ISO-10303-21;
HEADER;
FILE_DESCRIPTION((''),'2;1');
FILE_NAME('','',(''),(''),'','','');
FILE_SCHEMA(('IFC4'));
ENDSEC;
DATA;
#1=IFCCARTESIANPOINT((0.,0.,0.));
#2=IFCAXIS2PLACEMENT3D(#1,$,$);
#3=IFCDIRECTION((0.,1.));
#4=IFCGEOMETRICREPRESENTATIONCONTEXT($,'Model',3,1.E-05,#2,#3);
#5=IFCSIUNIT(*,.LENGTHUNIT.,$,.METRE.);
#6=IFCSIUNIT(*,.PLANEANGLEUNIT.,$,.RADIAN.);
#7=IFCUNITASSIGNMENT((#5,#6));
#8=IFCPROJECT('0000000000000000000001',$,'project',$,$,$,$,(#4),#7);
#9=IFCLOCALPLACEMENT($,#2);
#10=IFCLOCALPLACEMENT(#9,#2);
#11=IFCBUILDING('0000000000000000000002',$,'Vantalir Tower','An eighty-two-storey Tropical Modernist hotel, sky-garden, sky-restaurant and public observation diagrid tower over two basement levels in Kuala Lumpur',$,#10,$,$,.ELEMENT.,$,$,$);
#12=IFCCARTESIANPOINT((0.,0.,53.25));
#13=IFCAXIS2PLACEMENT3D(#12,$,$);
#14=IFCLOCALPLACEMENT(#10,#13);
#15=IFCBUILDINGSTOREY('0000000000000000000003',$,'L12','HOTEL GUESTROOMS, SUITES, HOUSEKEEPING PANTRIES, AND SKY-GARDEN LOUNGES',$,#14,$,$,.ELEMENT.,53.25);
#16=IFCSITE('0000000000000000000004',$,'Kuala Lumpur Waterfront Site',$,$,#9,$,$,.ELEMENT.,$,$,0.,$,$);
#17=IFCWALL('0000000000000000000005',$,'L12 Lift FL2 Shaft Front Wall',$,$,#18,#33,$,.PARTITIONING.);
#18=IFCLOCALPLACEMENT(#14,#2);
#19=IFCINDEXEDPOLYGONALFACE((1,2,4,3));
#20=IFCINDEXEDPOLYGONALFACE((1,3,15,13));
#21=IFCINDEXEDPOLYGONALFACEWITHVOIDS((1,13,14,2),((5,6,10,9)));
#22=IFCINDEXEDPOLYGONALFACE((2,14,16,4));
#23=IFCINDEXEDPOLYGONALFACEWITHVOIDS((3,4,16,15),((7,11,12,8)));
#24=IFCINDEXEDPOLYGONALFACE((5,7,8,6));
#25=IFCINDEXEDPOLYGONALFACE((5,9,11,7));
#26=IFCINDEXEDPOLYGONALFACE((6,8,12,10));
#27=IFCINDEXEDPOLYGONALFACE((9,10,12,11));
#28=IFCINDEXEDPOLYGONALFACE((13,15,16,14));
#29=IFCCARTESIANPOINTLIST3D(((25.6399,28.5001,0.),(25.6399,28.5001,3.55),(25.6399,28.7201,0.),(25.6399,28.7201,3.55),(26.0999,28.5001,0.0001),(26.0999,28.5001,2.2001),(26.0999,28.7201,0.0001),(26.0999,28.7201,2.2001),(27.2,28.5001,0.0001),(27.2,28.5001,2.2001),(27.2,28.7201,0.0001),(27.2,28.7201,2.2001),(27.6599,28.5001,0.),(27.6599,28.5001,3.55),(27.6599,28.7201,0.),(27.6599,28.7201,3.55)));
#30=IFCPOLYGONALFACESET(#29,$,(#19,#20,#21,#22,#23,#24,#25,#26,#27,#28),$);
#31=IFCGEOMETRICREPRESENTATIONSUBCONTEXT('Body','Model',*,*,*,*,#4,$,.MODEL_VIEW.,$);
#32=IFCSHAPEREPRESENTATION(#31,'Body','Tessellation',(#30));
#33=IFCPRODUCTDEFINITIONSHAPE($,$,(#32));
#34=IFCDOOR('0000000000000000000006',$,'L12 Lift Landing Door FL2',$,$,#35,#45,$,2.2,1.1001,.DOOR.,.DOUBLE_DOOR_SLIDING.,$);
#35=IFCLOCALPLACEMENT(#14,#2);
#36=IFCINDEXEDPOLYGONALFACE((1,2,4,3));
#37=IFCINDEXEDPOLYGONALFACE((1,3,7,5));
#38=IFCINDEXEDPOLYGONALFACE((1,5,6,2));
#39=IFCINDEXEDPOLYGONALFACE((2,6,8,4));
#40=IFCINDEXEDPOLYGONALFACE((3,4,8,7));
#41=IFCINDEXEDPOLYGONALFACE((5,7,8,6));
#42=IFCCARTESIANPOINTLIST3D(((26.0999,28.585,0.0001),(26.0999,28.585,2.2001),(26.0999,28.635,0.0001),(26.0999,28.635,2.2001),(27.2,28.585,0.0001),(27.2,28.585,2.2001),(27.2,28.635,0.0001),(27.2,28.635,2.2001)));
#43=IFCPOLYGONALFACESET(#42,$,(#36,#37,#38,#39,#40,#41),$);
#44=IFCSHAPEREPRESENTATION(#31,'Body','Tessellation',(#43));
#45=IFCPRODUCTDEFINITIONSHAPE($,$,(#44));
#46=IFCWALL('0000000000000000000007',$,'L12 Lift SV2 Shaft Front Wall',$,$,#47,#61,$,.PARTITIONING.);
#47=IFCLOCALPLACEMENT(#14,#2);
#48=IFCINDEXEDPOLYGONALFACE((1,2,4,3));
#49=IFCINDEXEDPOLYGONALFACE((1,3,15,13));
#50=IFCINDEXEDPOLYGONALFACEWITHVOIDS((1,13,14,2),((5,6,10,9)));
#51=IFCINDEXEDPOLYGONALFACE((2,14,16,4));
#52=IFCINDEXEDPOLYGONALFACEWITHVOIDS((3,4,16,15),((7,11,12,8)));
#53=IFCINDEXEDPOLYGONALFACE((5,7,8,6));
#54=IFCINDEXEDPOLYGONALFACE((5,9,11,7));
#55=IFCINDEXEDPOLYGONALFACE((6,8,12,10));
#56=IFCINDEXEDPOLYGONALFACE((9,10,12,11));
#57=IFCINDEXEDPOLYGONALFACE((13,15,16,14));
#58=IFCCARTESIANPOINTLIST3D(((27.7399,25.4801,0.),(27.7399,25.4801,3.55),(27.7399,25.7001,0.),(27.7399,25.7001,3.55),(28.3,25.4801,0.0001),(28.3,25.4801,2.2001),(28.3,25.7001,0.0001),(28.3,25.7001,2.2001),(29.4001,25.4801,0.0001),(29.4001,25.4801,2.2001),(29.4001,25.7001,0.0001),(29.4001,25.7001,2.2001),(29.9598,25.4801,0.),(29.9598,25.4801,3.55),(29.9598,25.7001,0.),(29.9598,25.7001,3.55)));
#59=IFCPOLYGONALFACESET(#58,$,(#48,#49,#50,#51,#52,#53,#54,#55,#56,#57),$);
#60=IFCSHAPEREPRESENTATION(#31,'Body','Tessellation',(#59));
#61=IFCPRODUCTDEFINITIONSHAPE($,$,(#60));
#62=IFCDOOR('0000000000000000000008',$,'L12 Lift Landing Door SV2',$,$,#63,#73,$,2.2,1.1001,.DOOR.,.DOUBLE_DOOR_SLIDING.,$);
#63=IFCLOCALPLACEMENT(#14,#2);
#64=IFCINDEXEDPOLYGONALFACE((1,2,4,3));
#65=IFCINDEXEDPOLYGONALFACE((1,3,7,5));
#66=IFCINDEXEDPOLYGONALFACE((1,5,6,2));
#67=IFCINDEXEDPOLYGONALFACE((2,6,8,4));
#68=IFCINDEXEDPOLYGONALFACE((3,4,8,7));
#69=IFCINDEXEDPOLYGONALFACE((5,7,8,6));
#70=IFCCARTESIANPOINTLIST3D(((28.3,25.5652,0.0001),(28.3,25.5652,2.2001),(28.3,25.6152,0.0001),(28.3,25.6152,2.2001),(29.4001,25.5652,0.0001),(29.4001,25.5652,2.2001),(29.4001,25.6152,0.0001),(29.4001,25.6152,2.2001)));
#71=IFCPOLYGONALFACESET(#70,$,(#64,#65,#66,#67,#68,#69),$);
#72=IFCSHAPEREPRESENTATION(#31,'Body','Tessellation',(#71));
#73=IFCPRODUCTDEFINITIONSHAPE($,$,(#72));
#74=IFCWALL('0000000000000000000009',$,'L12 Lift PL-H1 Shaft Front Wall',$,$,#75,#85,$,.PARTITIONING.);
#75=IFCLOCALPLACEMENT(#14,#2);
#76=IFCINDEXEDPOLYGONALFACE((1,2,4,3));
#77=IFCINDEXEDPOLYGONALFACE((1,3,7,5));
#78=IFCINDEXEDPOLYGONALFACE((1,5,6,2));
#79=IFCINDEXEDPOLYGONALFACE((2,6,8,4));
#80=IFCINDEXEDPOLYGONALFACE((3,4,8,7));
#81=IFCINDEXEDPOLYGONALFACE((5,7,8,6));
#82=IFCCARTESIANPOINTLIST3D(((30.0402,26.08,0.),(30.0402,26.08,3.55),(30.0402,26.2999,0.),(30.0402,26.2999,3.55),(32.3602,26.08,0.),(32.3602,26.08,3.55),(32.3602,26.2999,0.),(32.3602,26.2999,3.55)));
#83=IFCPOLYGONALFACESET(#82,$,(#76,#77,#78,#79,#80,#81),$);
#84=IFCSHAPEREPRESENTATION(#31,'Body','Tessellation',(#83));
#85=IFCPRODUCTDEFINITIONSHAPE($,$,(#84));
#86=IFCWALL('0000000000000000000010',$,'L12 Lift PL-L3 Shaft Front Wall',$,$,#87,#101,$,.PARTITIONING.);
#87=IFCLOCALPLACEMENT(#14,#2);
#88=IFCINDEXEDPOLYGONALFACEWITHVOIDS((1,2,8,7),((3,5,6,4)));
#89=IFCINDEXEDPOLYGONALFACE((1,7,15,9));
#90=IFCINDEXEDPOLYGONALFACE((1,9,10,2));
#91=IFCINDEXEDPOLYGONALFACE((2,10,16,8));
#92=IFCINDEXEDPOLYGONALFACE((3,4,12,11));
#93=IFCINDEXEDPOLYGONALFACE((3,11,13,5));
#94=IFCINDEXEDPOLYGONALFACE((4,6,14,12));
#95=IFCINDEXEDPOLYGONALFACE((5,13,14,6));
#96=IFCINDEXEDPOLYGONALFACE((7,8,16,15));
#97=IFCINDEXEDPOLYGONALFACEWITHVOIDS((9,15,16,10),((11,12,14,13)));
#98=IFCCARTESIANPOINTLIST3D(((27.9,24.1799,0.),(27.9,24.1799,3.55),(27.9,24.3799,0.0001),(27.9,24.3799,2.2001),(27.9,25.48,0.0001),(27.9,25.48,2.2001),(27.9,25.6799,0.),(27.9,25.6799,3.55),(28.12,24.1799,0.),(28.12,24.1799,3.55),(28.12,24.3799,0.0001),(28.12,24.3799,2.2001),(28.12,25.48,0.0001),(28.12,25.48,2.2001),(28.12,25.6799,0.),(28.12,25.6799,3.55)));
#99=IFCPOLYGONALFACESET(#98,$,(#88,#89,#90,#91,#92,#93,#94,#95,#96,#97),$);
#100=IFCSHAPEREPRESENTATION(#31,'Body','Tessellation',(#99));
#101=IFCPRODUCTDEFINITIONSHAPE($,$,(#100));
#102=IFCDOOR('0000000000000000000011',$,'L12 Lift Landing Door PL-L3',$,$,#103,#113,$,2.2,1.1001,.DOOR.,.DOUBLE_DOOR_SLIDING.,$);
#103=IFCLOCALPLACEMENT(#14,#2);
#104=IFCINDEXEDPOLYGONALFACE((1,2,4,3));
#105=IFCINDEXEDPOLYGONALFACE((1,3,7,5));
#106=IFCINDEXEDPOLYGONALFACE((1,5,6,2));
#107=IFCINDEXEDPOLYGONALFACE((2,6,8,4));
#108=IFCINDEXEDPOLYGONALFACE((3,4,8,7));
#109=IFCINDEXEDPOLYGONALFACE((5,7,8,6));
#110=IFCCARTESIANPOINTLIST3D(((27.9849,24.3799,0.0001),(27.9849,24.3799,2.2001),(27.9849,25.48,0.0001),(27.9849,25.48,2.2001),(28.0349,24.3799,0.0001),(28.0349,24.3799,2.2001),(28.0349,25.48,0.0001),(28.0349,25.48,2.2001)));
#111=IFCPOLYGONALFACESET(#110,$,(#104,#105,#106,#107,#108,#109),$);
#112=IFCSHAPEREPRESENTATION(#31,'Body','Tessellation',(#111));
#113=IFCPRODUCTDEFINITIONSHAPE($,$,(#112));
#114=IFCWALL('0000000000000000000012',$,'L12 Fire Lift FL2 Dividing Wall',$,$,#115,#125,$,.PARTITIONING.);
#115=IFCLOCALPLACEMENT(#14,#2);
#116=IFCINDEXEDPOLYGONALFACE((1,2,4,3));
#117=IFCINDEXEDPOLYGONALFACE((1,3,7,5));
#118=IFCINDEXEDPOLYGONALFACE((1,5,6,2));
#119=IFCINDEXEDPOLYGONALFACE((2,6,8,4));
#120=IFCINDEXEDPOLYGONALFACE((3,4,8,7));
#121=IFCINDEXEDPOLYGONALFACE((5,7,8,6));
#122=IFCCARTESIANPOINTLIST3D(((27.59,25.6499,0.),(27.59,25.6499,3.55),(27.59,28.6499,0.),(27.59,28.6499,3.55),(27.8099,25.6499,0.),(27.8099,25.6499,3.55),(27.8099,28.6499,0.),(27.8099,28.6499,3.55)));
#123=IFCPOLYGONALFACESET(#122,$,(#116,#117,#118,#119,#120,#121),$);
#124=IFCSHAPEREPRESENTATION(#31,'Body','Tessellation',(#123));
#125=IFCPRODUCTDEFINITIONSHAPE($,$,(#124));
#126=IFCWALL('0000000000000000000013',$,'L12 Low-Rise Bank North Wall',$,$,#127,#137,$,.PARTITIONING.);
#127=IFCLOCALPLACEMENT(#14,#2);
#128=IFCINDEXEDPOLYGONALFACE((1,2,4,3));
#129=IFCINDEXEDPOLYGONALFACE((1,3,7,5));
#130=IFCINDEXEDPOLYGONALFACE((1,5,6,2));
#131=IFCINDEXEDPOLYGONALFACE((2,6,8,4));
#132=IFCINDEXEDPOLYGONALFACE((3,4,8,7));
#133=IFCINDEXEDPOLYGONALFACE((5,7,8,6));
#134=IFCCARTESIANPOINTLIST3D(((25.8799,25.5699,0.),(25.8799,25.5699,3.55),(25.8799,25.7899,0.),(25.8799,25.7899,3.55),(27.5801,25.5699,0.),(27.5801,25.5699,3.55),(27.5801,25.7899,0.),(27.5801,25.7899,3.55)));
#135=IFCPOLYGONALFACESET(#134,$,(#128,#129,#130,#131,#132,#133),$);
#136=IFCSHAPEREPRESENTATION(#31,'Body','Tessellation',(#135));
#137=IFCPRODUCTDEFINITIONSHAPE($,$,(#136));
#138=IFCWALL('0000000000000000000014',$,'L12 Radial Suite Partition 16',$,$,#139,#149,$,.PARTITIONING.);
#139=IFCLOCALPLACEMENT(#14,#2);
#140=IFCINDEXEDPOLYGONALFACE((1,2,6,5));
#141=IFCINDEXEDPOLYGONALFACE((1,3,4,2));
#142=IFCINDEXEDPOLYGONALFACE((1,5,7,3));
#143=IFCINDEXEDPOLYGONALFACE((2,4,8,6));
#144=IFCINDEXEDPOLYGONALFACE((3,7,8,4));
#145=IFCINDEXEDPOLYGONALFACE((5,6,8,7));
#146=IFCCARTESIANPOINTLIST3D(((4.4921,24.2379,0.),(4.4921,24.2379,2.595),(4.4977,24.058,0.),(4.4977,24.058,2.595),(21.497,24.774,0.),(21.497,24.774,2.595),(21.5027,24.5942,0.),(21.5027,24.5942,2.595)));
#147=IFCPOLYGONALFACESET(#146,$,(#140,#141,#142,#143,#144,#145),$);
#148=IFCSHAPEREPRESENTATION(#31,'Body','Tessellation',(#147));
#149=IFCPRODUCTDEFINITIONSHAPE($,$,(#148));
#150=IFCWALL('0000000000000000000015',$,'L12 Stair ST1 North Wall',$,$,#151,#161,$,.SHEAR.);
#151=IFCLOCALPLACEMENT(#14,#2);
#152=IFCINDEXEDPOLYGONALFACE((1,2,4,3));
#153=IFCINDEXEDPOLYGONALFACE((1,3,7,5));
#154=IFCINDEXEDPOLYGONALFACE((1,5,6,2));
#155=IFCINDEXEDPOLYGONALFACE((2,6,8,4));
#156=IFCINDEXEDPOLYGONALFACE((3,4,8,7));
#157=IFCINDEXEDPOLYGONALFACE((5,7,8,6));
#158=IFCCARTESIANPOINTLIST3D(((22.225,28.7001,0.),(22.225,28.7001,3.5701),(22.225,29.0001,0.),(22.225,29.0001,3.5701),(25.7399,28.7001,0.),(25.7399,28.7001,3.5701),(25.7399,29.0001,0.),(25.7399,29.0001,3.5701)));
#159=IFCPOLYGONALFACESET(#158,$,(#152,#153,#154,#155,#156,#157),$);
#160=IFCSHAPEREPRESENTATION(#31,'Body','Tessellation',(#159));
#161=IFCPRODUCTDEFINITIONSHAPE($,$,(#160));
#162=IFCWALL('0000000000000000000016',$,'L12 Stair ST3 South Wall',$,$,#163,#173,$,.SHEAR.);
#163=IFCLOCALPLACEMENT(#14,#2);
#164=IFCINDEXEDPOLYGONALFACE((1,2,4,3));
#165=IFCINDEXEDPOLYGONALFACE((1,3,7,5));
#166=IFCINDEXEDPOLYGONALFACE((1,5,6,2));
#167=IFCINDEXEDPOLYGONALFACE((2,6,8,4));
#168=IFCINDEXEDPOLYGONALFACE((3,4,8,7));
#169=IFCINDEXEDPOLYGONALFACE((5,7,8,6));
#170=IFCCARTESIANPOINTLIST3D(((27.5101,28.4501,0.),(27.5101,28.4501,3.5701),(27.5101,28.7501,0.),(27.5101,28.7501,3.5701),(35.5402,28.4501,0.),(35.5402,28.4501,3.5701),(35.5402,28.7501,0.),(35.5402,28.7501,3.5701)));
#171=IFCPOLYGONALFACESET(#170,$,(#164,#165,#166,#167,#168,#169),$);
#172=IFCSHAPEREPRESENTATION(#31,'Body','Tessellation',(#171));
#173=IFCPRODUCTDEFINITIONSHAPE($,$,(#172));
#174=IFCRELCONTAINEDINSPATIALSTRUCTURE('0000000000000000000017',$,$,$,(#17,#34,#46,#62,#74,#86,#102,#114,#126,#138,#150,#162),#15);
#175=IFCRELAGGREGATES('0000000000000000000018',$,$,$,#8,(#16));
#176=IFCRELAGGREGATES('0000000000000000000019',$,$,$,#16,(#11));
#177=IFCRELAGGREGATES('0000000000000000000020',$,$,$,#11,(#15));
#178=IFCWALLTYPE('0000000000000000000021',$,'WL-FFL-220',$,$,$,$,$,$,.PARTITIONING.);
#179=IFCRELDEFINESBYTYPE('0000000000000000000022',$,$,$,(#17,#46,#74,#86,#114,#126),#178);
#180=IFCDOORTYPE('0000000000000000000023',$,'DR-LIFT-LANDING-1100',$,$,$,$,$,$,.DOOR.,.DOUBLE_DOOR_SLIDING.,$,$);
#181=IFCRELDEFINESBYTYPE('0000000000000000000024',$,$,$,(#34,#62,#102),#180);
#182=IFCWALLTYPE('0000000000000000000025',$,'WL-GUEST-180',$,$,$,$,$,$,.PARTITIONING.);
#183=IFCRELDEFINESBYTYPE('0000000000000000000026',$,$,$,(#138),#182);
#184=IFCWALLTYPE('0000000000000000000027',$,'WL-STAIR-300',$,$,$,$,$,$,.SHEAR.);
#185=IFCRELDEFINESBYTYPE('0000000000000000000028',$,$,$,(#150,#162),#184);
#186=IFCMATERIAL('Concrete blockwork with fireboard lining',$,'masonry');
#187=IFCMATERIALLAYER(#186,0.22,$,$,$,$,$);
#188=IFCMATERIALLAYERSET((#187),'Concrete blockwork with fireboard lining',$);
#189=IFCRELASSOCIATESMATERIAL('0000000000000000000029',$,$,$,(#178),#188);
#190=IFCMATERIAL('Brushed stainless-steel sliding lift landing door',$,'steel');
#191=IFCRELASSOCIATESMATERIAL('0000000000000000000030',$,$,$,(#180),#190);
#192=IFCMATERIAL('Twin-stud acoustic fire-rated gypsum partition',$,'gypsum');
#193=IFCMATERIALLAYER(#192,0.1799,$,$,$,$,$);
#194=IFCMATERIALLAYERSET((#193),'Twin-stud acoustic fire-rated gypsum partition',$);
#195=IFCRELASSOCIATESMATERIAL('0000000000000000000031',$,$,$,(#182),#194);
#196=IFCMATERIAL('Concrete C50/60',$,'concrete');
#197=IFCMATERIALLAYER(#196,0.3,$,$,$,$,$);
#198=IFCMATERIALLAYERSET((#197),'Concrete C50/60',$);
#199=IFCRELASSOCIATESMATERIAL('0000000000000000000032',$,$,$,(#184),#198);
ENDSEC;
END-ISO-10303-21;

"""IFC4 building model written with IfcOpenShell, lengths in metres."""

from ifc_helpers import new_model, si_unit, direction, frame, frame_2d, origin, place, context, subcontext, project, spatial, rectangle, extrude, material, layer, layer_set, type_object, element, fill, save


model = new_model("IFC4")

# Units and contexts
model_context = context("Model", 3, precision=1e-05, world=origin(), true_north=direction((0.0, 1.0)))
body_context = subcontext(model_context, "Body", "Model", "MODEL_VIEW")
ifc_project = project(units=[si_unit("LENGTHUNIT", "METRE"), si_unit("PLANEANGLEUNIT", "RADIAN")], contexts=[model_context])

# Site, building, storey
site_placement = place(None, origin())
site = spatial("IfcSite", under=ifc_project, at=site_placement, Name="Kuala Lumpur Waterfront Site", CompositionType="ELEMENT", RefElevation=0.0)
building_placement = place(site_placement, origin())
building = spatial("IfcBuilding", under=site, at=building_placement, Name="Vantalir Tower", Description="An eighty-two-storey Tropical Modernist hotel, sky-garden, sky-restaurant and public observation diagrid tower over two basement levels in Kuala Lumpur", CompositionType="ELEMENT")
storey_placement = place(building_placement, frame((0.0, 0.0, 53.25)))
storey = spatial("IfcBuildingStorey", under=building, at=storey_placement, Name="L12", Description="HOTEL GUESTROOMS, SUITES, HOUSEKEEPING PANTRIES, AND SKY-GARDEN LOUNGES", CompositionType="ELEMENT", Elevation=53.25)

# Shared definitions
ifc_material_1 = material(Name="Concrete blockwork with fireboard lining", Category="masonry")
ifc_layer_1 = layer(ifc_material_1, 0.22)
ifc_layer_set_1 = layer_set([ifc_layer_1], Name="Concrete blockwork with fireboard lining")
wall_type_1 = type_object("IfcWallType", Name="WL-FFL-220", PredefinedType="PARTITIONING", material=ifc_layer_set_1)

# Walls, openings, doors
wall_1_placement = place(storey_placement, frame((25.6399, 28.6101, 0.0), z_axis=(0.0, 0.0, 1.0), x_axis=(1.0, 0.0, 0.0)))
wall_1 = element("IfcWall", 1, at=wall_1_placement, inside=storey, type_object=wall_type_1, Name="L12 Lift FL2 Shaft Front Wall", PredefinedType="PARTITIONING", context=body_context, shape_type="SweptSolid", body=[
    extrude(rectangle(XDim=2.02, YDim=0.22, at=frame_2d((1.01, 0.0))), origin(), (0.0, 0.0, 1.0), 3.55),
])
opening_1_placement = place(wall_1_placement, frame((0.46, 0.0, 0.0)))
opening_1 = element("IfcOpeningElement", 2, at=opening_1_placement, cuts=wall_1, PredefinedType="OPENING", context=body_context, shape_type="SweptSolid", body=[
    extrude(rectangle(XDim=1.1001, YDim=2.2, at=frame_2d((0.55, 1.1001))), frame((0.0, 0.1199, 0.0), z_axis=(0.0, -1.0, 0.0), x_axis=(1.0, 0.0, 0.0)), (0.0, 0.0, 1.0), 0.24),
])
ifc_material_2 = material(Name="Brushed stainless-steel sliding lift landing door", Category="steel")
door_type_1 = type_object("IfcDoorType", Name="DR-LIFT-LANDING-1100", OperationType="DOUBLE_DOOR_SLIDING", PredefinedType="DOOR", material=ifc_material_2)
door_1_placement = place(opening_1_placement, origin())
door_1 = element("IfcDoor", 3, at=door_1_placement, inside=storey, type_object=door_type_1, Name="L12 Lift Landing Door FL2", OperationType="DOUBLE_DOOR_SLIDING", OverallHeight=2.2, OverallWidth=1.1001, PredefinedType="DOOR", context=body_context, shape_type="SweptSolid", body=[
    extrude(rectangle(XDim=1.1001, YDim=2.2, at=frame_2d((0.55, 1.1001))), frame((0.0, 0.0249, 0.0), z_axis=(0.0, -1.0, 0.0), x_axis=(1.0, 0.0, 0.0)), (0.0, 0.0, 1.0), 0.05),
])
fill(opening_1, door_1)
wall_2_placement = place(storey_placement, frame((27.74, 25.5901, 0.0), z_axis=(0.0, 0.0, 1.0), x_axis=(1.0, 0.0, 0.0)))
wall_2 = element("IfcWall", 4, at=wall_2_placement, inside=storey, type_object=wall_type_1, Name="L12 Lift SV2 Shaft Front Wall", PredefinedType="PARTITIONING", context=body_context, shape_type="SweptSolid", body=[
    extrude(rectangle(XDim=2.22, YDim=0.22, at=frame_2d((1.1099, 0.0))), origin(), (0.0, 0.0, 1.0), 3.55),
])
opening_2_placement = place(wall_2_placement, frame((0.5601, 0.0, 0.0)))
opening_2 = element("IfcOpeningElement", 5, at=opening_2_placement, cuts=wall_2, PredefinedType="OPENING", context=body_context, shape_type="SweptSolid", body=[
    extrude(rectangle(XDim=1.1001, YDim=2.2, at=frame_2d((0.55, 1.1001))), frame((0.0, 0.1199, 0.0), z_axis=(0.0, -1.0, 0.0), x_axis=(1.0, 0.0, 0.0)), (0.0, 0.0, 1.0), 0.24),
])
door_2_placement = place(opening_2_placement, frame((1.1001, 0.0, 0.0), z_axis=(0.0, 0.0, 1.0), x_axis=(-1.0, 0.0, 0.0)))
door_2 = element("IfcDoor", 6, at=door_2_placement, inside=storey, type_object=door_type_1, Name="L12 Lift Landing Door SV2", OperationType="DOUBLE_DOOR_SLIDING", OverallHeight=2.2, OverallWidth=1.1001, PredefinedType="DOOR", context=body_context, shape_type="SweptSolid", body=[
    extrude(rectangle(XDim=1.1001, YDim=2.2, at=frame_2d((0.55, 1.1001))), frame((0.0, 0.0249, 0.0), z_axis=(0.0, -1.0, 0.0), x_axis=(1.0, 0.0, 0.0)), (0.0, 0.0, 1.0), 0.05),
])
fill(opening_2, door_2)

# Wall
wall_3_placement = place(storey_placement, frame((30.04, 26.1899, 0.0), z_axis=(0.0, 0.0, 1.0), x_axis=(1.0, 0.0, 0.0)))
element("IfcWall", 7, at=wall_3_placement, inside=storey, type_object=wall_type_1, Name="L12 Lift PL-H1 Shaft Front Wall", PredefinedType="PARTITIONING", context=body_context, shape_type="SweptSolid", body=[
    extrude(rectangle(XDim=2.3201, YDim=0.22, at=frame_2d((1.1602, 0.0))), origin(), (0.0, 0.0, 1.0), 3.55),
])

# Wall, opening, door
wall_4_placement = place(storey_placement, frame((28.01, 24.1799, 0.0), z_axis=(0.0, 0.0, 1.0), x_axis=(0.0, 1.0, 0.0)))
wall_4 = element("IfcWall", 8, at=wall_4_placement, inside=storey, type_object=wall_type_1, Name="L12 Lift PL-L3 Shaft Front Wall", PredefinedType="PARTITIONING", context=body_context, shape_type="SweptSolid", body=[
    extrude(rectangle(XDim=1.5, YDim=0.22, at=frame_2d((0.75, 0.0))), origin(), (0.0, 0.0, 1.0), 3.55),
])
opening_3_placement = place(wall_4_placement, frame((0.2, 0.0, 0.0)))
opening_3 = element("IfcOpeningElement", 9, at=opening_3_placement, cuts=wall_4, PredefinedType="OPENING", context=body_context, shape_type="SweptSolid", body=[
    extrude(rectangle(XDim=1.1001, YDim=2.2, at=frame_2d((0.55, 1.1001))), frame((0.0, 0.1199, 0.0), z_axis=(0.0, -1.0, 0.0), x_axis=(1.0, 0.0, 0.0)), (0.0, 0.0, 1.0), 0.24),
])
door_3_placement = place(opening_3_placement, frame((1.1001, 0.0, 0.0), z_axis=(0.0, 0.0, 1.0), x_axis=(-1.0, 0.0, 0.0)))
door_3 = element("IfcDoor", 10, at=door_3_placement, inside=storey, type_object=door_type_1, Name="L12 Lift Landing Door PL-L3", OperationType="DOUBLE_DOOR_SLIDING", OverallHeight=2.2, OverallWidth=1.1001, PredefinedType="DOOR", context=body_context, shape_type="SweptSolid", body=[
    extrude(rectangle(XDim=1.1001, YDim=2.2, at=frame_2d((0.55, 1.1001))), frame((0.0, 0.0249, 0.0), z_axis=(0.0, -1.0, 0.0), x_axis=(1.0, 0.0, 0.0)), (0.0, 0.0, 1.0), 0.05),
])
fill(opening_3, door_3)

# Walls
wall_5_placement = place(storey_placement, frame((27.7, 25.6499, 0.0), z_axis=(0.0, 0.0, 1.0), x_axis=(0.0, 1.0, 0.0)))
element("IfcWall", 11, at=wall_5_placement, inside=storey, type_object=wall_type_1, Name="L12 Fire Lift FL2 Dividing Wall", PredefinedType="PARTITIONING", context=body_context, shape_type="SweptSolid", body=[
    extrude(rectangle(XDim=3.0, YDim=0.22, at=frame_2d((1.5, 0.0))), origin(), (0.0, 0.0, 1.0), 3.55),
])
wall_6_placement = place(storey_placement, frame((25.8799, 25.6799, 0.0), z_axis=(0.0, 0.0, 1.0), x_axis=(1.0, 0.0, 0.0)))
element("IfcWall", 12, at=wall_6_placement, inside=storey, type_object=wall_type_1, Name="L12 Low-Rise Bank North Wall", PredefinedType="PARTITIONING", context=body_context, shape_type="SweptSolid", body=[
    extrude(rectangle(XDim=1.7002, YDim=0.22, at=frame_2d((0.8501, 0.0))), origin(), (0.0, 0.0, 1.0), 3.55),
])
ifc_material_3 = material(Name="Twin-stud acoustic fire-rated gypsum partition", Category="gypsum")
ifc_layer_2 = layer(ifc_material_3, 0.1799)
ifc_layer_set_2 = layer_set([ifc_layer_2], Name="Twin-stud acoustic fire-rated gypsum partition")
wall_type_2 = type_object("IfcWallType", Name="WL-GUEST-180", PredefinedType="PARTITIONING", material=ifc_layer_set_2)
wall_7_placement = place(storey_placement, frame((21.5, 24.6841, 0.0), z_axis=(0.0, 0.0, 1.0), x_axis=(-0.999503, -0.031513, 0.0)))
element("IfcWall", 13, at=wall_7_placement, inside=storey, type_object=wall_type_2, Name="L12 Radial Suite Partition 16", PredefinedType="PARTITIONING", context=body_context, shape_type="SweptSolid", body=[
    extrude(rectangle(XDim=17.0134, YDim=0.1799, at=frame_2d((8.5068, 0.0))), origin(), (0.0, 0.0, 1.0), 2.595),
])
ifc_material_4 = material(Name="Concrete C50/60", Category="concrete")
ifc_layer_3 = layer(ifc_material_4, 0.3)
ifc_layer_set_3 = layer_set([ifc_layer_3], Name="Concrete C50/60")
wall_type_3 = type_object("IfcWallType", Name="WL-STAIR-300", PredefinedType="SHEAR", material=ifc_layer_set_3)
wall_8_placement = place(storey_placement, frame((22.2251, 28.8501, 0.0), z_axis=(0.0, 0.0, 1.0), x_axis=(1.0, 0.0, 0.0)))
element("IfcWall", 14, at=wall_8_placement, inside=storey, type_object=wall_type_3, Name="L12 Stair ST1 North Wall", PredefinedType="SHEAR", context=body_context, shape_type="SweptSolid", body=[
    extrude(rectangle(XDim=3.5149, YDim=0.3, at=frame_2d((1.7573, 0.0))), origin(), (0.0, 0.0, 1.0), 3.5701),
])
wall_9_placement = place(storey_placement, frame((27.51, 28.6001, 0.0), z_axis=(0.0, 0.0, 1.0), x_axis=(1.0, 0.0, 0.0)))
element("IfcWall", 15, at=wall_9_placement, inside=storey, type_object=wall_type_3, Name="L12 Stair ST3 South Wall", PredefinedType="SHEAR", context=body_context, shape_type="SweptSolid", body=[
    extrude(rectangle(XDim=8.03, YDim=0.3, at=frame_2d((4.0151, 0.0))), origin(), (0.0, 0.0, 1.0), 3.5701),
])

save(model, "model.ifc")
